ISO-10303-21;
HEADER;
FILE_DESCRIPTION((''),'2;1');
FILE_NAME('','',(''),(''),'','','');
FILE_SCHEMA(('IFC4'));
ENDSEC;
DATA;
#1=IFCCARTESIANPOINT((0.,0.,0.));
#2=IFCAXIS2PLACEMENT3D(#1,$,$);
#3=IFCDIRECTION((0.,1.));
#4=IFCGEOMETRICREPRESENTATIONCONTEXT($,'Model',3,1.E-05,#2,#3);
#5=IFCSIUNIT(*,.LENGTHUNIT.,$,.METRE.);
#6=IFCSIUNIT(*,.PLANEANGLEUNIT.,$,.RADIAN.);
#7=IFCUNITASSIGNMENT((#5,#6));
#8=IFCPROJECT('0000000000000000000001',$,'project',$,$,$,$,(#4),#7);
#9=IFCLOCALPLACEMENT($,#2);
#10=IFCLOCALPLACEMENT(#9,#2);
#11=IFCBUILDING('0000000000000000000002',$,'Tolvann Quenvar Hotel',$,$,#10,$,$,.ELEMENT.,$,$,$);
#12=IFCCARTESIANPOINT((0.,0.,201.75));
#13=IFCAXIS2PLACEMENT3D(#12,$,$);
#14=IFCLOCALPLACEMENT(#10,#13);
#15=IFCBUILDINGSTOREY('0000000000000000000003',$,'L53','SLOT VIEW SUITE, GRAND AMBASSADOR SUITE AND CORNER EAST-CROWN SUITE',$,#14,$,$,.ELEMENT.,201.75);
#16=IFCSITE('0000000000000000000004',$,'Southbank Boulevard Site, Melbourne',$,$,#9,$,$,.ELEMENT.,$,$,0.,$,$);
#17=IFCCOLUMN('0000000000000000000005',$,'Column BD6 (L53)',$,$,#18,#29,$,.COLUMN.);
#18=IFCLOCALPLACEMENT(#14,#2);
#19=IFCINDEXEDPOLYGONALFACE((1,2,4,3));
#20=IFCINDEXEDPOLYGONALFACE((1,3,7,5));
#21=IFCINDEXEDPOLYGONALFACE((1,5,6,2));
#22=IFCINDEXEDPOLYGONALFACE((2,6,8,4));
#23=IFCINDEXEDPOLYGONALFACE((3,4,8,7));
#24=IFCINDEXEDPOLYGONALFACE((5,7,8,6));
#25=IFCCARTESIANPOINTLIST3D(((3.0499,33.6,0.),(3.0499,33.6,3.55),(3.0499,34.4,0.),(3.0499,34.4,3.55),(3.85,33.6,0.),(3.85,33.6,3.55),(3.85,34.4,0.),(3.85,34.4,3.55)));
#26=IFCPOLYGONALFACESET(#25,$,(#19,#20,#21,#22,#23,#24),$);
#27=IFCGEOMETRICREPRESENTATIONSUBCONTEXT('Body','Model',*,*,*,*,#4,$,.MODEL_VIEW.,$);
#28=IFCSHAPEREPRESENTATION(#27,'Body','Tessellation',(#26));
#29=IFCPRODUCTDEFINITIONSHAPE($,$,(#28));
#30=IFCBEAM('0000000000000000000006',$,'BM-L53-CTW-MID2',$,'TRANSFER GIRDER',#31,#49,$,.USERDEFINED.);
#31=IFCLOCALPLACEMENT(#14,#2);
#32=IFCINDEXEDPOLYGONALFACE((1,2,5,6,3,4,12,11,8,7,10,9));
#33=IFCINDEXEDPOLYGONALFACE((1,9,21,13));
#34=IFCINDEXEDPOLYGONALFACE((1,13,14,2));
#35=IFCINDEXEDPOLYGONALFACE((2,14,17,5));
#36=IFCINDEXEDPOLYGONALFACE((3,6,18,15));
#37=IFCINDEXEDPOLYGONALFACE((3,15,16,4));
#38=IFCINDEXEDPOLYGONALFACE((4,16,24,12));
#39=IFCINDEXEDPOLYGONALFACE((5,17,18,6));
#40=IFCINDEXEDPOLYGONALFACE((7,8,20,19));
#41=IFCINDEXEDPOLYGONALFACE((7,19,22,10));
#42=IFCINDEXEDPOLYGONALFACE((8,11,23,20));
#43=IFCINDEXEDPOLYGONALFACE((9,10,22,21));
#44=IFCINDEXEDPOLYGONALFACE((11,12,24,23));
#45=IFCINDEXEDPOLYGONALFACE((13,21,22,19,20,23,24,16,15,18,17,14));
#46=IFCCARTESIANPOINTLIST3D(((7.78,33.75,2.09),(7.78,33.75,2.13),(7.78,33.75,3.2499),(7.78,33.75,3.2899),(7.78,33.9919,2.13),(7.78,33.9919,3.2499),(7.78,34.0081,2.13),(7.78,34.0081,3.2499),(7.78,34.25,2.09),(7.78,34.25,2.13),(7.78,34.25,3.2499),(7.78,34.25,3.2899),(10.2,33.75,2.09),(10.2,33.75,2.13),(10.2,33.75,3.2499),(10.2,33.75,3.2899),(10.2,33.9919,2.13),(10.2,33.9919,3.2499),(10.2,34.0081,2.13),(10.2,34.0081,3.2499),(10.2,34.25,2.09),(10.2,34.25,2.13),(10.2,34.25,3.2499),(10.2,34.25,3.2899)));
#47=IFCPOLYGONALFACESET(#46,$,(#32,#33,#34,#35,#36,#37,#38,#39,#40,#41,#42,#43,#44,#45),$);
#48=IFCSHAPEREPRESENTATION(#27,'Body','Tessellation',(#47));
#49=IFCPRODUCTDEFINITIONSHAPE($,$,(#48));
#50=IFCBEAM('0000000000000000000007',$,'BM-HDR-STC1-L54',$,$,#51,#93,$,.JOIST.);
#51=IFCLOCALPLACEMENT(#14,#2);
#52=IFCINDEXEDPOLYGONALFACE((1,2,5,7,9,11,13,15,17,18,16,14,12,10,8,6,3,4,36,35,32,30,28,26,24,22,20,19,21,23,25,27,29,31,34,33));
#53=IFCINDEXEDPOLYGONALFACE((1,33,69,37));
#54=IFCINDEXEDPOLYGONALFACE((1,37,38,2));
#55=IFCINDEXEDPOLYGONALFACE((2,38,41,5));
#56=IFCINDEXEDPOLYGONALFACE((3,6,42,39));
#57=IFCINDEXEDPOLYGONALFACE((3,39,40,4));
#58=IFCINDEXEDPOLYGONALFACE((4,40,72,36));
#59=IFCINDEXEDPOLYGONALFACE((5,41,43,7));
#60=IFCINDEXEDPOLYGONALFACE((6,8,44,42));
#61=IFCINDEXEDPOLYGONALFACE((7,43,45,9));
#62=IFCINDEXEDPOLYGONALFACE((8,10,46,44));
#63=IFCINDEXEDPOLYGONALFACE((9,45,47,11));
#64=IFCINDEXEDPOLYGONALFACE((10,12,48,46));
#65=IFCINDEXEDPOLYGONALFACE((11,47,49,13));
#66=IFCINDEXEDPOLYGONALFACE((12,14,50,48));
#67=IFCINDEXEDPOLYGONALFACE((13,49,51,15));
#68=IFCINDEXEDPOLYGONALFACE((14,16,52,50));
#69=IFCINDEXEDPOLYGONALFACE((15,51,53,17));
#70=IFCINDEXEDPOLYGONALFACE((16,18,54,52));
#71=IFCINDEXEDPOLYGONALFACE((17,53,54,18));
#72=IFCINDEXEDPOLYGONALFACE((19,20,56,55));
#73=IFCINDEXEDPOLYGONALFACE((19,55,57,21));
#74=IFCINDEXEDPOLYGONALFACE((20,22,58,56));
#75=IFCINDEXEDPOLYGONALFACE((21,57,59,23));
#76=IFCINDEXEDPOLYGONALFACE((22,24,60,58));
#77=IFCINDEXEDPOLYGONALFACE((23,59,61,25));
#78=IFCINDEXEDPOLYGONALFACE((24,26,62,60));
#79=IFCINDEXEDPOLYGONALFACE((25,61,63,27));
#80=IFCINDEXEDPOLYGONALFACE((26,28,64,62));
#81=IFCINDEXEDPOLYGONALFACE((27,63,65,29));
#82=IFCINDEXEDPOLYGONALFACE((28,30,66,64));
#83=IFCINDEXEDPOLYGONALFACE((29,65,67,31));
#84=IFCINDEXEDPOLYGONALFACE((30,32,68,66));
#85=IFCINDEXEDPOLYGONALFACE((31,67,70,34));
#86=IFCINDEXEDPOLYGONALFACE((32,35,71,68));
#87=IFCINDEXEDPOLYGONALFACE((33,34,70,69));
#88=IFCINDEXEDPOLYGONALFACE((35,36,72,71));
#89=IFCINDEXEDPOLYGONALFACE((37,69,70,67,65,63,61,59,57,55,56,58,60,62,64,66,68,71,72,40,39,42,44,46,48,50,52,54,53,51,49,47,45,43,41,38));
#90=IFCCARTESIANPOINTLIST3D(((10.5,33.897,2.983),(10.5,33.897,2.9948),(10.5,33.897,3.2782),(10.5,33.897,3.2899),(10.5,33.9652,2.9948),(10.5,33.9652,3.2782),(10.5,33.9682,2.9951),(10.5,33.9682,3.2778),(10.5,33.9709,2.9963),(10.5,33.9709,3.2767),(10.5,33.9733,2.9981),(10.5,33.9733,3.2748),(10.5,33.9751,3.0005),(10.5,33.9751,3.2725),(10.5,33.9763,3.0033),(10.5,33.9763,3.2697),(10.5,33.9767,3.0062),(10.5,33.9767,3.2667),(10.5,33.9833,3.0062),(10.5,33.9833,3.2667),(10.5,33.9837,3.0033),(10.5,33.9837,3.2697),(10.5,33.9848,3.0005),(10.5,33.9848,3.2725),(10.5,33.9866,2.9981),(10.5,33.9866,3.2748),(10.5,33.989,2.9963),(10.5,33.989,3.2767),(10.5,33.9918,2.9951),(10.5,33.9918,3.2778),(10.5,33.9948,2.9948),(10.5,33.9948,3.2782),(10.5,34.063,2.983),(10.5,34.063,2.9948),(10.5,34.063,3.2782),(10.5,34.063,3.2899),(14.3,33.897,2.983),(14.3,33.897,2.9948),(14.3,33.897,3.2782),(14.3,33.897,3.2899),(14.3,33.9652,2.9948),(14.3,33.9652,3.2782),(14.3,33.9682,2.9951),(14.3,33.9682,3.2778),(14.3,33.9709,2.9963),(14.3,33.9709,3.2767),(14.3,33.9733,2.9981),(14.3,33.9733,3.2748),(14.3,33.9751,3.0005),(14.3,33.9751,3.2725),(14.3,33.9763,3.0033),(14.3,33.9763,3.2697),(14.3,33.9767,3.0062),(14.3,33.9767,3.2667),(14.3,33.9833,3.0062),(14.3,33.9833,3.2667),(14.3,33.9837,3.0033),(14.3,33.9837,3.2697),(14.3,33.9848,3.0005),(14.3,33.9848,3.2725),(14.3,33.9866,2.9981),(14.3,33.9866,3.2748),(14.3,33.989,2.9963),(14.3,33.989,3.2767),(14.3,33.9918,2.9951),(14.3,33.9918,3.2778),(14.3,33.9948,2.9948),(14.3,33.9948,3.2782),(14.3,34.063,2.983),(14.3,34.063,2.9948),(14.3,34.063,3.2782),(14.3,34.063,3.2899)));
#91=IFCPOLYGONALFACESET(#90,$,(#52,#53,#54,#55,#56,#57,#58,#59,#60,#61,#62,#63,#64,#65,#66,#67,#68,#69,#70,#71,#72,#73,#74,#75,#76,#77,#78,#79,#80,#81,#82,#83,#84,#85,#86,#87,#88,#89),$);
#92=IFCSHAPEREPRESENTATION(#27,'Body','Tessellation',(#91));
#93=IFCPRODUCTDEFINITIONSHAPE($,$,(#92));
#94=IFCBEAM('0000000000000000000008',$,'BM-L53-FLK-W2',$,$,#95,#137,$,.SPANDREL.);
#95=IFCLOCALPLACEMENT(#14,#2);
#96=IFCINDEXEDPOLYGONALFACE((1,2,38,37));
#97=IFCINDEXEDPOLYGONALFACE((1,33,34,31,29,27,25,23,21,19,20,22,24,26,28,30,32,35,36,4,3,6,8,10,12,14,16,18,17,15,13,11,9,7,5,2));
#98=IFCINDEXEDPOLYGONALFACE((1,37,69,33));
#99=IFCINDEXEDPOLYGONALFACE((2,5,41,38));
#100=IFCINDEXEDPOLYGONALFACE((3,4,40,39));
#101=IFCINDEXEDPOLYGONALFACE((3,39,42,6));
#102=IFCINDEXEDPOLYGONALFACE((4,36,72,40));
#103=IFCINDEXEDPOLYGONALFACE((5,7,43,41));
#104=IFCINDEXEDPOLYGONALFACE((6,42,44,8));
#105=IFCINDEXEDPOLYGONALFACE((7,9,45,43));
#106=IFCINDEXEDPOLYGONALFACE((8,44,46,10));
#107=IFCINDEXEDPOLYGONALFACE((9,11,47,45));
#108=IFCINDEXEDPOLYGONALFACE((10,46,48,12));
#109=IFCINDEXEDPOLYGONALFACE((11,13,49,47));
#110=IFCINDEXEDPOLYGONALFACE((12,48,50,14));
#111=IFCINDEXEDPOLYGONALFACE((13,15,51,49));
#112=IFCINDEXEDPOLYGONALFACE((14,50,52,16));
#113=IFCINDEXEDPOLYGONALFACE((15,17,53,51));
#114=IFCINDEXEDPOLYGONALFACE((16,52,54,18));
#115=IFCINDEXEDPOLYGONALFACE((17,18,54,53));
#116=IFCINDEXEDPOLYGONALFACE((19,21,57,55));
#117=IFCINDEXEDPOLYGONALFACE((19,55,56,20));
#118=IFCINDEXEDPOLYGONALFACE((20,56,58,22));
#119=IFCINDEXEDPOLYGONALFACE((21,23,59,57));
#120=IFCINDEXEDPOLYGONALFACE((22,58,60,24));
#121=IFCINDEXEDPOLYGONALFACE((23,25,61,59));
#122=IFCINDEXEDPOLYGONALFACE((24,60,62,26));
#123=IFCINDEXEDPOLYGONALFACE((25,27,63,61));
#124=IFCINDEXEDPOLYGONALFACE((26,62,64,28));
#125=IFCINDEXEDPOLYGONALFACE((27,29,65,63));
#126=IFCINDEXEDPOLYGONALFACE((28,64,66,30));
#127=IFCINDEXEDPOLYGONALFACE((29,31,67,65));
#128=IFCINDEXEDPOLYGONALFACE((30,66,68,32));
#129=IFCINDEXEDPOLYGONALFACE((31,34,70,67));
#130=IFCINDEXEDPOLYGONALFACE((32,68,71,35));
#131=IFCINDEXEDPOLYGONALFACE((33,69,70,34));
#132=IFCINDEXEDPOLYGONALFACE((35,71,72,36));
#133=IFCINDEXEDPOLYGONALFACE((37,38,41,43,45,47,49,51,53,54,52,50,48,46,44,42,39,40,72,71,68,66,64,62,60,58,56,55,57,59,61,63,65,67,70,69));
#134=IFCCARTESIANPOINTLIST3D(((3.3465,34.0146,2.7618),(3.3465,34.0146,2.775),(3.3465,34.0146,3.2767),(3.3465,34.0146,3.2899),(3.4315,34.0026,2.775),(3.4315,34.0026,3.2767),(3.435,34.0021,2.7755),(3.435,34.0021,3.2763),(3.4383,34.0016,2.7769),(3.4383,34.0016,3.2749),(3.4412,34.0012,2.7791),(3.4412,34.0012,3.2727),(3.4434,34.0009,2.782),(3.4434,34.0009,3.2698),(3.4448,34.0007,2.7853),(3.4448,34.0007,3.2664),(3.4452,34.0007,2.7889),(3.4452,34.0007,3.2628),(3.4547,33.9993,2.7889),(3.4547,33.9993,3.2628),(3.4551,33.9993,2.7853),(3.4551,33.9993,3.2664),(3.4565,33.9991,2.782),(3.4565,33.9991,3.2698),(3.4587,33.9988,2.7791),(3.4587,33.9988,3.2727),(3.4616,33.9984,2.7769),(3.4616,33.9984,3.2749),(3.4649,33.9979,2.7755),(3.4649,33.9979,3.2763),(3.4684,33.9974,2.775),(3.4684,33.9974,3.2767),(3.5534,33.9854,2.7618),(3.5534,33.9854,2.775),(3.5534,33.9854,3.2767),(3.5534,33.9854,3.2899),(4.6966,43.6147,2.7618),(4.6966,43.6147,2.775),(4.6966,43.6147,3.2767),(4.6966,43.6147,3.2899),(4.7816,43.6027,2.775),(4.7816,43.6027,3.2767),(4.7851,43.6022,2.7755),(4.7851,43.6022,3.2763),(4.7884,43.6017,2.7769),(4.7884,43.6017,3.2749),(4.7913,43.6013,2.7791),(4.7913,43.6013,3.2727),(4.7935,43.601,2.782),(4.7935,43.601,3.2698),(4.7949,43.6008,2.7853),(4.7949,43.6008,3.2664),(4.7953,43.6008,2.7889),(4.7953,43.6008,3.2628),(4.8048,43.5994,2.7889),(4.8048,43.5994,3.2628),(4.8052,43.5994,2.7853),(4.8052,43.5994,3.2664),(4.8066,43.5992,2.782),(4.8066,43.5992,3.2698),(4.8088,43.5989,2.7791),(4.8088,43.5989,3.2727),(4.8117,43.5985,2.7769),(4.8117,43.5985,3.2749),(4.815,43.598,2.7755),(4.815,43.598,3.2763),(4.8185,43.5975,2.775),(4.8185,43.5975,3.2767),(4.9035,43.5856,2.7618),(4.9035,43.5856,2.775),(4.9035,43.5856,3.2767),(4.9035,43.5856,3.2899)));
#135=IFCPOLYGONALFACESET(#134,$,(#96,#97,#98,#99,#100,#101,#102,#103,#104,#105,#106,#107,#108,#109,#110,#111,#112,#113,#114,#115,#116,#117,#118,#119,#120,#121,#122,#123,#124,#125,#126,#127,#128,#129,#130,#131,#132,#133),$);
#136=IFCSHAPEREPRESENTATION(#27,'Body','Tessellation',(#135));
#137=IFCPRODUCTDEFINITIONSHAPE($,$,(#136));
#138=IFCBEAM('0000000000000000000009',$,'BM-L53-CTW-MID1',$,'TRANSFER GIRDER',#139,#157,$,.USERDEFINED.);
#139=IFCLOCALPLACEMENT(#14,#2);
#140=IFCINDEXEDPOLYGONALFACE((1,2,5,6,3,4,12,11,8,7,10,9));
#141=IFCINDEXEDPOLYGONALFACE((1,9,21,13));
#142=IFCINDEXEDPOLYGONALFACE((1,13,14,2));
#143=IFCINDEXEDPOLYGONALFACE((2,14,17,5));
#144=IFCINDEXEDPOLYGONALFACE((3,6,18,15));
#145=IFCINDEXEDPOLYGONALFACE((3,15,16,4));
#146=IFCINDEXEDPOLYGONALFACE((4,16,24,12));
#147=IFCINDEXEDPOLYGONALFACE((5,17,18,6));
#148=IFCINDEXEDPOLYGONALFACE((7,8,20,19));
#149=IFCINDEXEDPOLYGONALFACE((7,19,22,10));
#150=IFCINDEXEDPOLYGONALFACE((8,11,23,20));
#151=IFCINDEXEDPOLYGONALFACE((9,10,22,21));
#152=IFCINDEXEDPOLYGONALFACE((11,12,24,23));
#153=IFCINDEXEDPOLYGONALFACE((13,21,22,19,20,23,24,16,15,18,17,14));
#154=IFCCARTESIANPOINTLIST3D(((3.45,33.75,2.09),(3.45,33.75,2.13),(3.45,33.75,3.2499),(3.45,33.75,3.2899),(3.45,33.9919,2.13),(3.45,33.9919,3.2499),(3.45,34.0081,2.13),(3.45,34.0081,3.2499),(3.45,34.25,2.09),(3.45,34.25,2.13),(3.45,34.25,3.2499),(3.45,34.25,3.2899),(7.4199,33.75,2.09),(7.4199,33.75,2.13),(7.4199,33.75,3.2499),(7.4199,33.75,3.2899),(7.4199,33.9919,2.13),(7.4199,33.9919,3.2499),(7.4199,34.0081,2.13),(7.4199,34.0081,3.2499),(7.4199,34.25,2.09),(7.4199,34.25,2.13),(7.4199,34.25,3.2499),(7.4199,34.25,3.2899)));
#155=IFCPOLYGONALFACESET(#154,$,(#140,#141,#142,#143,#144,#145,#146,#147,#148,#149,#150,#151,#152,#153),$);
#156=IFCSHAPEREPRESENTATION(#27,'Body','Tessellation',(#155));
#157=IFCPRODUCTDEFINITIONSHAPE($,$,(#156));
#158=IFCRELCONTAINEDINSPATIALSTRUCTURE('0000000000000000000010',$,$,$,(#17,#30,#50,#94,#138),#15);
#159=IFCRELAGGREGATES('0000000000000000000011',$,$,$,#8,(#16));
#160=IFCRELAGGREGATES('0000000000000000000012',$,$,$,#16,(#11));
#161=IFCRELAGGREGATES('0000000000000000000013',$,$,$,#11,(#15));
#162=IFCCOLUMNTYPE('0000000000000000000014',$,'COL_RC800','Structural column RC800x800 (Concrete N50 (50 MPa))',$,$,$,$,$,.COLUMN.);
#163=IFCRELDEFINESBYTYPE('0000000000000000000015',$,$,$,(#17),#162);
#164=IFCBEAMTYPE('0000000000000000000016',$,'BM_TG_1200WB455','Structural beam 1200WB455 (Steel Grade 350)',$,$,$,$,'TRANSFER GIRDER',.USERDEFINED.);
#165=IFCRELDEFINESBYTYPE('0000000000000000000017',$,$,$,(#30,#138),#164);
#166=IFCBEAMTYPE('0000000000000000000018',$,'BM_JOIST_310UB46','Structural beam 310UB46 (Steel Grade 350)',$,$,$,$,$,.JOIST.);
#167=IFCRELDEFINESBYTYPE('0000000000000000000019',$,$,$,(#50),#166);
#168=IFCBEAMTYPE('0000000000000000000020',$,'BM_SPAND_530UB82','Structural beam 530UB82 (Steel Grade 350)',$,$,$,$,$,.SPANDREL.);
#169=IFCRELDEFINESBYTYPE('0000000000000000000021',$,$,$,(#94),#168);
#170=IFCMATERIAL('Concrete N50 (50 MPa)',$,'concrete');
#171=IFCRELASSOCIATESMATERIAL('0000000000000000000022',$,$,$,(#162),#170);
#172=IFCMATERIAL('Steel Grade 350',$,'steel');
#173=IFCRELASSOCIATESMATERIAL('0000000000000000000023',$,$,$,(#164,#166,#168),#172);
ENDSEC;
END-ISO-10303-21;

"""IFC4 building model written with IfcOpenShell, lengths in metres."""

from ifc_helpers import new_model, si_unit, direction, frame, origin, origin_2d, place, context, subcontext, project, spatial, rectangle, i_section, extrude, source, transform, mapped, material, material_profile, profile_set, type_object, type_shapes, element, save


model = new_model("IFC4")

# Units and contexts
model_context = context("Model", 3, precision=1e-05, world=origin(), true_north=direction((0.0, 1.0)))
body_context = subcontext(model_context, "Body", "Model", "MODEL_VIEW")
ifc_project = project(units=[si_unit("LENGTHUNIT", "METRE"), si_unit("PLANEANGLEUNIT", "RADIAN")], contexts=[model_context])

# Site, building, storey
site_placement = place(None, origin())
site = spatial("IfcSite", under=ifc_project, at=site_placement, Name="Southbank Boulevard Site, Melbourne", CompositionType="ELEMENT", RefElevation=0.0)
building_placement = place(site_placement, origin())
building = spatial("IfcBuilding", under=site, at=building_placement, Name="Tolvann Quenvar Hotel", CompositionType="ELEMENT")
storey_placement = place(building_placement, frame((0.0, 0.0, 201.75)))
storey = spatial("IfcBuildingStorey", under=building, at=storey_placement, Name="L53", Description="SLOT VIEW SUITE, GRAND AMBASSADOR SUITE AND CORNER EAST-CROWN SUITE", CompositionType="ELEMENT", Elevation=201.75)

# Column
ifc_material_1 = material(Name="Concrete N50 (50 MPa)", Category="concrete")
ifc_material_profile_1 = material_profile(ifc_material_1, rectangle(XDim=0.8, YDim=0.8, at=origin_2d()), Name="RC800x800")
ifc_profile_set_1 = profile_set([ifc_material_profile_1], Name="Concrete N50 (50 MPa)")
column_type = type_object("IfcColumnType", Name="COL_RC800", Description="Structural column RC800x800 (Concrete N50 (50 MPa))", PredefinedType="COLUMN", material=ifc_profile_set_1)
shared_shape_1 = source(origin(), body_context, "Body", "SweptSolid", [
    extrude(rectangle(XDim=0.8, YDim=0.8, at=origin_2d()), origin(), (0.0, 0.0, 1.0), 3.55),
])
type_shapes(column_type, [shared_shape_1])
column_placement = place(storey_placement, frame((3.45, 34.0, 0.0), z_axis=(0.0, 0.0, 1.0), x_axis=(1.0, 0.0, 0.0)))
element("IfcColumn", 1, at=column_placement, inside=storey, type_object=column_type, Name="Column BD6 (L53)", PredefinedType="COLUMN", context=body_context, shape_type="MappedRepresentation", body=[
    mapped(shared_shape_1, transform((0.0, 0.0, 0.0), x_axis=(1.0, 0.0, 0.0), y_axis=(0.0, 1.0, 0.0), z_axis=(0.0, 0.0, 1.0), scale=1.0)),
])

# Beams
ifc_material_2 = material(Name="Steel Grade 350", Category="steel")
ifc_material_profile_2 = material_profile(ifc_material_2, i_section(OverallWidth=0.5, OverallDepth=1.2, WebThickness=0.0161, FlangeThickness=0.04, at=origin_2d()), Name="1200WB455")
ifc_profile_set_2 = profile_set([ifc_material_profile_2], Name="Steel Grade 350")
beam_type_1 = type_object("IfcBeamType", Name="BM_TG_1200WB455", Description="Structural beam 1200WB455 (Steel Grade 350)", ElementType="TRANSFER GIRDER", PredefinedType="USERDEFINED", material=ifc_profile_set_2)
shared_shape_2 = source(origin(), body_context, "Body", "SweptSolid", [
    extrude(i_section(OverallWidth=0.5, OverallDepth=1.2, WebThickness=0.0161, FlangeThickness=0.04, at=origin_2d()), origin(), (0.0, 0.0, 1.0), 2.4199),
])
beam_1_placement = place(storey_placement, frame((7.78, 34.0, 2.6899), z_axis=(1.0, 0.0, 0.0), x_axis=(0.0, 1.0, 0.0)))
element("IfcBeam", 2, at=beam_1_placement, inside=storey, type_object=beam_type_1, Name="BM-L53-CTW-MID2", ObjectType="TRANSFER GIRDER", PredefinedType="USERDEFINED", context=body_context, shape_type="MappedRepresentation", body=[
    mapped(shared_shape_2, transform((0.0, 0.0, 0.0), x_axis=(1.0, 0.0, 0.0), y_axis=(0.0, 1.0, 0.0), z_axis=(0.0, 0.0, 1.0), scale=1.0)),
])
ifc_material_profile_3 = material_profile(ifc_material_2, i_section(OverallWidth=0.166, OverallDepth=0.3069, WebThickness=0.0066, FlangeThickness=0.0117, FilletRadius=0.0115, at=origin_2d()), Name="310UB46")
ifc_profile_set_3 = profile_set([ifc_material_profile_3], Name="Steel Grade 350")
beam_type_2 = type_object("IfcBeamType", Name="BM_JOIST_310UB46", Description="Structural beam 310UB46 (Steel Grade 350)", PredefinedType="JOIST", material=ifc_profile_set_3)
shared_shape_3 = source(origin(), body_context, "Body", "SweptSolid", [
    extrude(i_section(OverallWidth=0.166, OverallDepth=0.3069, WebThickness=0.0066, FlangeThickness=0.0117, FilletRadius=0.0115, at=origin_2d()), origin(), (0.0, 0.0, 1.0), 3.8),
])
type_shapes(beam_type_2, [shared_shape_3])
beam_2_placement = place(storey_placement, frame((10.5, 33.98, 3.1365), z_axis=(1.0, 0.0, 0.0), x_axis=(0.0, 1.0, 0.0)))
element("IfcBeam", 3, at=beam_2_placement, inside=storey, type_object=beam_type_2, Name="BM-HDR-STC1-L54", PredefinedType="JOIST", context=body_context, shape_type="MappedRepresentation", body=[
    mapped(shared_shape_3, transform((0.0, 0.0, 0.0), x_axis=(1.0, 0.0, 0.0), y_axis=(0.0, 1.0, 0.0), z_axis=(0.0, 0.0, 1.0), scale=1.0)),
])
ifc_material_profile_4 = material_profile(ifc_material_2, i_section(OverallWidth=0.209, OverallDepth=0.5281, WebThickness=0.0095, FlangeThickness=0.0132, FilletRadius=0.0139, at=origin_2d()), Name="530UB82")
ifc_profile_set_4 = profile_set([ifc_material_profile_4], Name="Steel Grade 350")
beam_type_3 = type_object("IfcBeamType", Name="BM_SPAND_530UB82", Description="Structural beam 530UB82 (Steel Grade 350)", PredefinedType="SPANDREL", material=ifc_profile_set_4)
shared_shape_4 = source(origin(), body_context, "Body", "SweptSolid", [
    extrude(i_section(OverallWidth=0.209, OverallDepth=0.5281, WebThickness=0.0095, FlangeThickness=0.0132, FilletRadius=0.0139, at=origin_2d()), origin(), (0.0, 0.0, 1.0), 9.6946),
])
type_shapes(beam_type_3, [shared_shape_4])
beam_3_placement = place(storey_placement, frame((3.45, 34.0, 3.0259), z_axis=(0.139263, 0.990255, 0.0), x_axis=(-0.990255, 0.139263, 0.0)))
element("IfcBeam", 4, at=beam_3_placement, inside=storey, type_object=beam_type_3, Name="BM-L53-FLK-W2", PredefinedType="SPANDREL", context=body_context, shape_type="MappedRepresentation", body=[
    mapped(shared_shape_4, transform((0.0, 0.0, 0.0), x_axis=(1.0, 0.0, 0.0), y_axis=(0.0, 1.0, 0.0), z_axis=(0.0, 0.0, 1.0), scale=1.0)),
])
shared_shape_5 = source(origin(), body_context, "Body", "SweptSolid", [
    extrude(i_section(OverallWidth=0.5, OverallDepth=1.2, WebThickness=0.0161, FlangeThickness=0.04, at=origin_2d()), origin(), (0.0, 0.0, 1.0), 3.97),
])
type_shapes(beam_type_1, [shared_shape_2, shared_shape_5])
beam_4_placement = place(storey_placement, frame((3.45, 34.0, 2.6899), z_axis=(1.0, 0.0, 0.0), x_axis=(0.0, 1.0, 0.0)))
element("IfcBeam", 5, at=beam_4_placement, inside=storey, type_object=beam_type_1, Name="BM-L53-CTW-MID1", ObjectType="TRANSFER GIRDER", PredefinedType="USERDEFINED", context=body_context, shape_type="MappedRepresentation", body=[
    mapped(shared_shape_5, transform((0.0, 0.0, 0.0), x_axis=(1.0, 0.0, 0.0), y_axis=(0.0, 1.0, 0.0), z_axis=(0.0, 0.0, 1.0), scale=1.0)),
])

save(model, "model.ifc")
